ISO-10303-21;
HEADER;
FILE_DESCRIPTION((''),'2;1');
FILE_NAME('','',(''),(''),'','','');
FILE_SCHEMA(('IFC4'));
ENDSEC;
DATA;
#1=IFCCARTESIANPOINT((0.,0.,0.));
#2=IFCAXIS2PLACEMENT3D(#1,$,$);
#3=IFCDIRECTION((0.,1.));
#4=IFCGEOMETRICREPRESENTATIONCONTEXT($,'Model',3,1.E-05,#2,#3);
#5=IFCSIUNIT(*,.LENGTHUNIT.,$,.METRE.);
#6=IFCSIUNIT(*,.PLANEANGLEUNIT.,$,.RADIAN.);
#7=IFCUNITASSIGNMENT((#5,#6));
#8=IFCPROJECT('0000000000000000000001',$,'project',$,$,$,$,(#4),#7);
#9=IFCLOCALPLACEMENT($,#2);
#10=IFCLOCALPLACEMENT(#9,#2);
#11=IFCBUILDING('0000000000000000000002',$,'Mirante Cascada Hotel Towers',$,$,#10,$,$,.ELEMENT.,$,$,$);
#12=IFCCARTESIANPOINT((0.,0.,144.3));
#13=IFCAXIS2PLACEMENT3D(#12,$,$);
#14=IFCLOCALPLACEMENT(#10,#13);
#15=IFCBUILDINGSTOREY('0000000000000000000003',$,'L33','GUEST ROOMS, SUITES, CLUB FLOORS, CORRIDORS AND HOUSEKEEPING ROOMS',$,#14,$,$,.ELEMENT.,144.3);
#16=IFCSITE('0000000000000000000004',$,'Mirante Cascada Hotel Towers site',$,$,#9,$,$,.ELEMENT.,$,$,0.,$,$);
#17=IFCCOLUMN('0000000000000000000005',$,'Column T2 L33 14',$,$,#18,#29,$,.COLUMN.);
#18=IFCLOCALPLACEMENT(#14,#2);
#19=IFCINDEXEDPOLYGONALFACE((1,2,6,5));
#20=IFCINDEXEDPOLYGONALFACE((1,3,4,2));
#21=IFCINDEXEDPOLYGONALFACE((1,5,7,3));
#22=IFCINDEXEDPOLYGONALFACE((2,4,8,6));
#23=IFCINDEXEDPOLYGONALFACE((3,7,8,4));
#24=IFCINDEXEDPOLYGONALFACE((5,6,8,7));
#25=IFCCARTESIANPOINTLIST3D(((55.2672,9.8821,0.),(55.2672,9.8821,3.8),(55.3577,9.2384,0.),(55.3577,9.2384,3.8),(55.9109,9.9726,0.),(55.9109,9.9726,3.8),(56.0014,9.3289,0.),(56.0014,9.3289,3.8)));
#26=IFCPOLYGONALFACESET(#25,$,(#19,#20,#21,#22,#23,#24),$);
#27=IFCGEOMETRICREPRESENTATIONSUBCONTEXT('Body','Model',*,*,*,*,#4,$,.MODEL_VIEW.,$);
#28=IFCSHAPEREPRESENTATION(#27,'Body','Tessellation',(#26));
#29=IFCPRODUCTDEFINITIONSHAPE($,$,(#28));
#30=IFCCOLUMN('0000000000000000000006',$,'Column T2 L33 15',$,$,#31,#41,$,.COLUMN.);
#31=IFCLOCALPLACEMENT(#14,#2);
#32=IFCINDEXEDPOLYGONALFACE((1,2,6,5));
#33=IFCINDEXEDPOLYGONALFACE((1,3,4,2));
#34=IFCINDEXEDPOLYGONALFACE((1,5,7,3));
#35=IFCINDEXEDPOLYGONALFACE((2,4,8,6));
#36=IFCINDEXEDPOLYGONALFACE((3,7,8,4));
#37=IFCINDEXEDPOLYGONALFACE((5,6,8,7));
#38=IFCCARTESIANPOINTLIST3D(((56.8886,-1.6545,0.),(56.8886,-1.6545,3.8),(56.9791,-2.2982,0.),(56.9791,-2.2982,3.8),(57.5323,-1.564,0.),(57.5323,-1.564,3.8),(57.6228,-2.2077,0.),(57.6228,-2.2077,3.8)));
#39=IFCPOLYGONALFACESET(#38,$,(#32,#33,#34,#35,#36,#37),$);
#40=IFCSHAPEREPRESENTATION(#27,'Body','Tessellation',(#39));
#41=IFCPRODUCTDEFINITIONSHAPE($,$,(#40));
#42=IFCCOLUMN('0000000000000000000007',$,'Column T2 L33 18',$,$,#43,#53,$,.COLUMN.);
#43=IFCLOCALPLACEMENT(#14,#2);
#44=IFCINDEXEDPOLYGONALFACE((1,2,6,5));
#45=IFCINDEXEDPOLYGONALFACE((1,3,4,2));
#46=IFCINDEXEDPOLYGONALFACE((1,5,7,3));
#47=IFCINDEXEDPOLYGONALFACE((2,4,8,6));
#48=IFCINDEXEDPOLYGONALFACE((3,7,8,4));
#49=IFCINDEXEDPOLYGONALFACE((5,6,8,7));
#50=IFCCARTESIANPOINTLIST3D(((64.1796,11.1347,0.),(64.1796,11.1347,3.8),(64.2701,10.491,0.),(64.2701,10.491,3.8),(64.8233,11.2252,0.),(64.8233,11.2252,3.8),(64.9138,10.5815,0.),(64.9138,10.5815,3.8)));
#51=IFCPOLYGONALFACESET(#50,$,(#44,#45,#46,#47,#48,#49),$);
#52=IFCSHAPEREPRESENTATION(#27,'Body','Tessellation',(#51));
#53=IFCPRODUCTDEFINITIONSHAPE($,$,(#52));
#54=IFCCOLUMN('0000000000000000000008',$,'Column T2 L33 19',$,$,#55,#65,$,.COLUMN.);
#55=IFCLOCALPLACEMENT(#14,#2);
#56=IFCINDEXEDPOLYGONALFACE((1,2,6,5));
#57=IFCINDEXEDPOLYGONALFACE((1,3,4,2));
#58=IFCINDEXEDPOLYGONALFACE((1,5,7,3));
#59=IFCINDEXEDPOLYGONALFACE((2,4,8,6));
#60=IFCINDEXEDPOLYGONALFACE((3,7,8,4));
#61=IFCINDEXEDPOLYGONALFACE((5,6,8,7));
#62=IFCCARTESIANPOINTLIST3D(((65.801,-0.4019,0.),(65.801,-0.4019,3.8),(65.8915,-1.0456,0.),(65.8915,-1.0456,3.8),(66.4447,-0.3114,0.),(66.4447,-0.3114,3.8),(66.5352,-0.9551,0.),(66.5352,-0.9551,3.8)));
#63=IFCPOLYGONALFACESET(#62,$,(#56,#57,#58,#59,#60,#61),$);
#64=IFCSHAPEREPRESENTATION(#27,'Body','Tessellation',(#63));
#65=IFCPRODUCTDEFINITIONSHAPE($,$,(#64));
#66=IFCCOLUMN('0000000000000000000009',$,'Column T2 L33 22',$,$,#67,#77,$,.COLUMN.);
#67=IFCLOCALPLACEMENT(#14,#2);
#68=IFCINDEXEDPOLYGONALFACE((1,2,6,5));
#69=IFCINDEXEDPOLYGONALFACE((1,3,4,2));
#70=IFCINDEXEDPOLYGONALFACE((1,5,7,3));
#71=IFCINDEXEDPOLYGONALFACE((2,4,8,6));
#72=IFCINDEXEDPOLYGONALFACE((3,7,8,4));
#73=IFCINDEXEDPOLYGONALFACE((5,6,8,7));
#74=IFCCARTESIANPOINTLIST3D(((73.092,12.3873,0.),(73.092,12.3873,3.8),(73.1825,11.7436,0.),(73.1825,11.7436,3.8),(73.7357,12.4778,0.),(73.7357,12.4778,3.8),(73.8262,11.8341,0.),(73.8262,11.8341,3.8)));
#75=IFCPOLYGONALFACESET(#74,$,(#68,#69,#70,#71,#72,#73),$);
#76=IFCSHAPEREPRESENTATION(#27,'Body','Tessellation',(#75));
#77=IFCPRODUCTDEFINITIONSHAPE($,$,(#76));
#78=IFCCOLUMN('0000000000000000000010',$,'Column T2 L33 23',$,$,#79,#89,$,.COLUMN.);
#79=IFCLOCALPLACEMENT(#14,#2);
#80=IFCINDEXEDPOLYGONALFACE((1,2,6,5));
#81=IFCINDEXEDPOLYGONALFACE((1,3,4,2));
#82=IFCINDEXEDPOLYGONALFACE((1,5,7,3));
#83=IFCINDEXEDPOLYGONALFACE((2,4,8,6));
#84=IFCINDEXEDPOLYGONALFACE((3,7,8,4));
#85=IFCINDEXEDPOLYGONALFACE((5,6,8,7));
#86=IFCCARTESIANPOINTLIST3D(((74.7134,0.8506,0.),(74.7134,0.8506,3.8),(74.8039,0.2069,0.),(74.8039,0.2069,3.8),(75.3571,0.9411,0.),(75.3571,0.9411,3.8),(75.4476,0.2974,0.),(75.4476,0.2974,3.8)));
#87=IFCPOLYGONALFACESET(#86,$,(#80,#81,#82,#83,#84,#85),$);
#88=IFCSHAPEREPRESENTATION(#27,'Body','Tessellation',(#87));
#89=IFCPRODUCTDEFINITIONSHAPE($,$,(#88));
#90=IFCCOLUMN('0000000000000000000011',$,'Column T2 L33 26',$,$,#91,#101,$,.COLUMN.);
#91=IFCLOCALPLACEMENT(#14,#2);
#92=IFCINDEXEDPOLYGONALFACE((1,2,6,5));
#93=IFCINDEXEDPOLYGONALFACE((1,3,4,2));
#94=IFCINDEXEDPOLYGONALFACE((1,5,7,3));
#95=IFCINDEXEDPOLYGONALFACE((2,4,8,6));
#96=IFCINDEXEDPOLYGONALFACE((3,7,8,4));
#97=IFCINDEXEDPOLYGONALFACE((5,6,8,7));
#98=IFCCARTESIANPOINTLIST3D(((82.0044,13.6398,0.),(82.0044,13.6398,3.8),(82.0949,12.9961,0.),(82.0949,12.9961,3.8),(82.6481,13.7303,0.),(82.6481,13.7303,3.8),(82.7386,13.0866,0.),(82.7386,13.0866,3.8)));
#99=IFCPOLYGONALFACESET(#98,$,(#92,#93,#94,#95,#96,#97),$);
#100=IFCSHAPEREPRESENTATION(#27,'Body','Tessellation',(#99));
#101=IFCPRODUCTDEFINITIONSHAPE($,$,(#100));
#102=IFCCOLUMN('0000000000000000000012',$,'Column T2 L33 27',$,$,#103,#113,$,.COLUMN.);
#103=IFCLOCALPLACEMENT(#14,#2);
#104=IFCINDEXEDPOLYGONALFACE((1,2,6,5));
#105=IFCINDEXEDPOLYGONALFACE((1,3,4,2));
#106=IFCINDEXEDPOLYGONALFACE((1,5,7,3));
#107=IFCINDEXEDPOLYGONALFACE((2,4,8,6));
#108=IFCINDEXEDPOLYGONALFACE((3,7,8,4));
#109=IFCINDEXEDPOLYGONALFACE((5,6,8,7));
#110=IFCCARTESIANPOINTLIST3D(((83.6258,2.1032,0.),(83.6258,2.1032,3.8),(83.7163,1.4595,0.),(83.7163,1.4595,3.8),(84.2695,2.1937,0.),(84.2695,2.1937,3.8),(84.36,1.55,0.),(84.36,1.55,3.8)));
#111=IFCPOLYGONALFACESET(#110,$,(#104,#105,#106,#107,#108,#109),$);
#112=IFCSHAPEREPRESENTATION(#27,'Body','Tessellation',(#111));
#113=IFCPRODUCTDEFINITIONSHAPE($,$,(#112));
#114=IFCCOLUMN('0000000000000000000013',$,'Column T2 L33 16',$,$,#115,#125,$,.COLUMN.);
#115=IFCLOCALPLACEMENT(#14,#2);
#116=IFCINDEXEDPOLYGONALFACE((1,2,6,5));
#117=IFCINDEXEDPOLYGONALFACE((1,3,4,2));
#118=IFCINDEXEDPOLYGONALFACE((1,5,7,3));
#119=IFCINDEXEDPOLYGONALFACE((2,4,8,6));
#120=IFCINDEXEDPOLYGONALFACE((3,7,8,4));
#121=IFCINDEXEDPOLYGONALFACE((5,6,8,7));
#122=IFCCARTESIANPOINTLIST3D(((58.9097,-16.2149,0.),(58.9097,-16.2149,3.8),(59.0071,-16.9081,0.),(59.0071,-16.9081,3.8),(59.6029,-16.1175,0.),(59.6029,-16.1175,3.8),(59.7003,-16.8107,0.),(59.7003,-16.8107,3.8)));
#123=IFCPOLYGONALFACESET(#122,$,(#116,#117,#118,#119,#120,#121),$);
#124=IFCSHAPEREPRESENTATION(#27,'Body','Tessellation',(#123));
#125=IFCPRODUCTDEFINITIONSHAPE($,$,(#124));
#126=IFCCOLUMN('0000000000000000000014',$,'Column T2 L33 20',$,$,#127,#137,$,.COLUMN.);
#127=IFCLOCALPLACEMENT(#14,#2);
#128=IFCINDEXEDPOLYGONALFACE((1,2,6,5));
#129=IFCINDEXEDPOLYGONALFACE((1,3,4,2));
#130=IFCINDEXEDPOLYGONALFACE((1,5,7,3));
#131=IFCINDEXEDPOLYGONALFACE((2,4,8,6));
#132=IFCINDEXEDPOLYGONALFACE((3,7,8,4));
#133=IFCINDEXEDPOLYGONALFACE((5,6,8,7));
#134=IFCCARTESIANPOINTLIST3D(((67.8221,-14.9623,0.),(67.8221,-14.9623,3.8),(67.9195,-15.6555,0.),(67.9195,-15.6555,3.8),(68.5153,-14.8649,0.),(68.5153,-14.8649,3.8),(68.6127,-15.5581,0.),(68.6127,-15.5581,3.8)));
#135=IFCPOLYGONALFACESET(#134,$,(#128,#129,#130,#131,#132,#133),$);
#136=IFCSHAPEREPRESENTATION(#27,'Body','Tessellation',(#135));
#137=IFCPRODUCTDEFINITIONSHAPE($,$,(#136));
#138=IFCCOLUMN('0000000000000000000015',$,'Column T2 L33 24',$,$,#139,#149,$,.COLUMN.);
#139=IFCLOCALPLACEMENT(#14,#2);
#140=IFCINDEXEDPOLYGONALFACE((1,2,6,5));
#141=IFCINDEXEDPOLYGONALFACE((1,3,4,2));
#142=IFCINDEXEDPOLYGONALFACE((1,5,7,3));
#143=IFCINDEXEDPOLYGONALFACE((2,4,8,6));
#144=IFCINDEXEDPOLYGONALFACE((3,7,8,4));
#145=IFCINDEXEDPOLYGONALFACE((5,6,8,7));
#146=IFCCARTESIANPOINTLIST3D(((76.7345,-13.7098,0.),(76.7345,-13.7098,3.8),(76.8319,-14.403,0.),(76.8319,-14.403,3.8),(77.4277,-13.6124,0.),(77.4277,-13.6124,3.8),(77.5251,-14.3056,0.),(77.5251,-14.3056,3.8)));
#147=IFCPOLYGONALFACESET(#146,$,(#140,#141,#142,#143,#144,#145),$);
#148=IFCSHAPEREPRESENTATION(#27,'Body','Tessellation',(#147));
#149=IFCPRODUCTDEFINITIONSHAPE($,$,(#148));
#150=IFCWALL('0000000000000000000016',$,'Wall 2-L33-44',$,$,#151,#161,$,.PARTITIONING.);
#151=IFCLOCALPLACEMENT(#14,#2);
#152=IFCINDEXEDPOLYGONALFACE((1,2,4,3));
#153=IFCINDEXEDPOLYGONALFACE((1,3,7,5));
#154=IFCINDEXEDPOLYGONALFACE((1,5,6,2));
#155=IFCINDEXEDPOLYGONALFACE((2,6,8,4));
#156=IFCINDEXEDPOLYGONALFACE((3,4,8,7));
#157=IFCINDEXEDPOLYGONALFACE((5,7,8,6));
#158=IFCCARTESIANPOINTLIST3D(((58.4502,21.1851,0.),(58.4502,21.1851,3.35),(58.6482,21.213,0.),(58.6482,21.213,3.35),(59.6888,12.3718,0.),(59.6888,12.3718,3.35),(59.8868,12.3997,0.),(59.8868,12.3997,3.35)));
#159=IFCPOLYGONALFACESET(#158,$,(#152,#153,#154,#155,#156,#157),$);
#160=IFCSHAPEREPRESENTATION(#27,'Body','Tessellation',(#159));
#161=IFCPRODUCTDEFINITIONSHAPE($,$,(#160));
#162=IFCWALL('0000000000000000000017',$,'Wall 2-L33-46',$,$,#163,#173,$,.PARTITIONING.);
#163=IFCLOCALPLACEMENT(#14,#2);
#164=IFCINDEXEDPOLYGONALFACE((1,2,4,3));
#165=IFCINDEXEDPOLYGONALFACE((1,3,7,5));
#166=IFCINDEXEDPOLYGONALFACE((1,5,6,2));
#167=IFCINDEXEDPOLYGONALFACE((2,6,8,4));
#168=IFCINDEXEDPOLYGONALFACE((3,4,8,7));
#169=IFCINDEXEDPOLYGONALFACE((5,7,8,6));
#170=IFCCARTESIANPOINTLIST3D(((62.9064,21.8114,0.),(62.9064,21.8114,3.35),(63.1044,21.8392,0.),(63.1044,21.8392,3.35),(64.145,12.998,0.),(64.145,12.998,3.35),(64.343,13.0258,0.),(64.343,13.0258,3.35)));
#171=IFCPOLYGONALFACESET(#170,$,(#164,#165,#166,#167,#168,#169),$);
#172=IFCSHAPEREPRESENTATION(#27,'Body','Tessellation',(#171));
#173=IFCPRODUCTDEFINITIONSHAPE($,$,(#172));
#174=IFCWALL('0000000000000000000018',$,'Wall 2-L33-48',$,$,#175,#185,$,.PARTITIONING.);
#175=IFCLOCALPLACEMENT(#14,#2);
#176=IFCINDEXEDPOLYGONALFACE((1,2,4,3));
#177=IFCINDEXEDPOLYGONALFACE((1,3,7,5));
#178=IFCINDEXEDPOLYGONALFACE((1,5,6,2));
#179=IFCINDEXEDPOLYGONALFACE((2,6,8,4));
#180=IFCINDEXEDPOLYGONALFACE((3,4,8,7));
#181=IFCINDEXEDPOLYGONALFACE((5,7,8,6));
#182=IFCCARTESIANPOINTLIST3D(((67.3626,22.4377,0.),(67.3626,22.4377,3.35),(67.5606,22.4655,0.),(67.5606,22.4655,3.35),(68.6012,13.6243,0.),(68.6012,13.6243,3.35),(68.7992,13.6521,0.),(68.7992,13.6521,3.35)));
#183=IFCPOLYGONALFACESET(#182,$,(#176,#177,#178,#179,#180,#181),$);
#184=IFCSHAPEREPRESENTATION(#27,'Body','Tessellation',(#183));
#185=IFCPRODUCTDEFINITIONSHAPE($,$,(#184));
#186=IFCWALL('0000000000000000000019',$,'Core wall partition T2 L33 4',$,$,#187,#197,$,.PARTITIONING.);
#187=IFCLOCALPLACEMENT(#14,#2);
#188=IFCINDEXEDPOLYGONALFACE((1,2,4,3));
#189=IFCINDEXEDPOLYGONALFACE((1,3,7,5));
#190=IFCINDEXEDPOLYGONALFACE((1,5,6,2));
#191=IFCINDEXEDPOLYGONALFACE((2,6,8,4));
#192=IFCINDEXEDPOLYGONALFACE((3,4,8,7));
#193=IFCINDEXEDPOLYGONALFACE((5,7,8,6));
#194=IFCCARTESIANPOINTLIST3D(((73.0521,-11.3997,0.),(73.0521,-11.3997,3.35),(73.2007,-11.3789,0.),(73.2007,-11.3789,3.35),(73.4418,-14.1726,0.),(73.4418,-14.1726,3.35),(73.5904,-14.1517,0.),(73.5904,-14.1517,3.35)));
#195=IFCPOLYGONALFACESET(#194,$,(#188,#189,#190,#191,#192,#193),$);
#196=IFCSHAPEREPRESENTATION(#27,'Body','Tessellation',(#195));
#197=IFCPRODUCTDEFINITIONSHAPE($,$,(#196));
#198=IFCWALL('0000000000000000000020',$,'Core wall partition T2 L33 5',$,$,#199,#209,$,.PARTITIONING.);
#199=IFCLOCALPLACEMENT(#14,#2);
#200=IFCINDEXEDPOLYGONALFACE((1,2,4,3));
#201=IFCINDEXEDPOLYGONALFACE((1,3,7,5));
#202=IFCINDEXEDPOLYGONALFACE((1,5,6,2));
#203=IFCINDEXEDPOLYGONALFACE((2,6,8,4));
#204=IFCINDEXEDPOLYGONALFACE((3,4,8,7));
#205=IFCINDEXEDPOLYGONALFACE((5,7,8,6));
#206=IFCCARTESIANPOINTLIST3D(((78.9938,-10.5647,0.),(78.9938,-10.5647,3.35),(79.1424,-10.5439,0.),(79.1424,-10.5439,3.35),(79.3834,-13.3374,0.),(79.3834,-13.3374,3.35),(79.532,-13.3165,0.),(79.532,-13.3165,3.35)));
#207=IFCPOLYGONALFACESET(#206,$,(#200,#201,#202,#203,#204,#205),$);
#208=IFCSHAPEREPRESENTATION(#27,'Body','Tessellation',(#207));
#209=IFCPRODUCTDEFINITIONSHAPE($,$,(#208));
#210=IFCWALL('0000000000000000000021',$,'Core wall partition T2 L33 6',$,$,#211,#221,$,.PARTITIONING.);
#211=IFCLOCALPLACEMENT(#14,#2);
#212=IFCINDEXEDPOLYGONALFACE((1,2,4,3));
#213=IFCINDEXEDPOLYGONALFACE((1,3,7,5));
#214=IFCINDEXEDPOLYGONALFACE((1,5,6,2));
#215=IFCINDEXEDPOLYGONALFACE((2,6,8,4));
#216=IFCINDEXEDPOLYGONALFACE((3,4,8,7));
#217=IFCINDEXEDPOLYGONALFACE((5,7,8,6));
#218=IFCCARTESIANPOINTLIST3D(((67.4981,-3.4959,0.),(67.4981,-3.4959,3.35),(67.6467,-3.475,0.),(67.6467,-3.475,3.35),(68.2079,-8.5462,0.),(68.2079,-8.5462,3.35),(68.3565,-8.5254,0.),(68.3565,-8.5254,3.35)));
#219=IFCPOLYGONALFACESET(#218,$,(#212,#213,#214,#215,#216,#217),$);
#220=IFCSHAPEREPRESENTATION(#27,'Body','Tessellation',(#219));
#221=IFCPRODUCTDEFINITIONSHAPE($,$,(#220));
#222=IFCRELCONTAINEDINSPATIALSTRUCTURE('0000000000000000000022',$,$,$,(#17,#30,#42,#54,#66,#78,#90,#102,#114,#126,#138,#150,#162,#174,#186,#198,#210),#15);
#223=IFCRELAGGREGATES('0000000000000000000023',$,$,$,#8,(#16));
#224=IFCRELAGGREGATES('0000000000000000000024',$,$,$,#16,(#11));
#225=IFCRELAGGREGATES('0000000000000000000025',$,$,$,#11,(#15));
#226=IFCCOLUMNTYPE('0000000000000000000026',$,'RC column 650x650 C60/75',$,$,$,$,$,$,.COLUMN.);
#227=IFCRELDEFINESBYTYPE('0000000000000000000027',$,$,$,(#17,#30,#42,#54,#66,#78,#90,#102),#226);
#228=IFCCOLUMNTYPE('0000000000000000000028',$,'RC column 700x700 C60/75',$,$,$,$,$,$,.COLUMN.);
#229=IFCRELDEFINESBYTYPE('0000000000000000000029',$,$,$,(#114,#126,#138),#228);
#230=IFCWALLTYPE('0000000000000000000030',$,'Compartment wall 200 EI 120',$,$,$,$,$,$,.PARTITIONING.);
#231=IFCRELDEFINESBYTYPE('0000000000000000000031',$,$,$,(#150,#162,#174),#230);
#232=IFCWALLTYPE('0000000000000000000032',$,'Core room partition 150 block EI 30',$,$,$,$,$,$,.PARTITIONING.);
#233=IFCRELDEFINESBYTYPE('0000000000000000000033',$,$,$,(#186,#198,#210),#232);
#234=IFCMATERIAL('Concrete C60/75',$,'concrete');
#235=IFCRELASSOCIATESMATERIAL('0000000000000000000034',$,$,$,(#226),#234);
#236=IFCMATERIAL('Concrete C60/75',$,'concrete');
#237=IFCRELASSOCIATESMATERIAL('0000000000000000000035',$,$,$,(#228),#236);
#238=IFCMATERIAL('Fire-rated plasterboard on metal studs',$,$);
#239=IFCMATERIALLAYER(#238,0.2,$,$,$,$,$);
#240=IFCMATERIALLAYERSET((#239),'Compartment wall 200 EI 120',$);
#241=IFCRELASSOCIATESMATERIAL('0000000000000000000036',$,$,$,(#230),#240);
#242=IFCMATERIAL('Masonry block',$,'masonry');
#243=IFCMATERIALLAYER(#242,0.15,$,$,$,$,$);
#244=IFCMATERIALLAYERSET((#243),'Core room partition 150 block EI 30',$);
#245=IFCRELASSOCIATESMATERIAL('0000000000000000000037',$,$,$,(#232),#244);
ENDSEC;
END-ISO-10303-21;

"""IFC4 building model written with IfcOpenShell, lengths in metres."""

from ifc_helpers import new_model, si_unit, direction, frame, frame_2d, origin, origin_2d, place, context, subcontext, project, spatial, rectangle, extrude, material, layer, layer_set, material_profile, profile_set, type_object, element, save


model = new_model("IFC4")

# Units and contexts
model_context = context("Model", 3, precision=1e-05, world=origin(), true_north=direction((0.0, 1.0)))
body_context = subcontext(model_context, "Body", "Model", "MODEL_VIEW")
ifc_project = project(units=[si_unit("LENGTHUNIT", "METRE"), si_unit("PLANEANGLEUNIT", "RADIAN")], contexts=[model_context])

# Site, building, storey
site_placement = place(None, origin())
site = spatial("IfcSite", under=ifc_project, at=site_placement, Name="Mirante Cascada Hotel Towers site", CompositionType="ELEMENT", RefElevation=0.0)
building_placement = place(site_placement, origin())
building = spatial("IfcBuilding", under=site, at=building_placement, Name="Mirante Cascada Hotel Towers", CompositionType="ELEMENT")
storey_placement = place(building_placement, frame((0.0, 0.0, 144.3)))
storey = spatial("IfcBuildingStorey", under=building, at=storey_placement, Name="L33", Description="GUEST ROOMS, SUITES, CLUB FLOORS, CORRIDORS AND HOUSEKEEPING ROOMS", CompositionType="ELEMENT", Elevation=144.3)

# Columns
ifc_material_1 = material(Name="Concrete C60/75", Category="concrete")
ifc_material_profile_1 = material_profile(ifc_material_1, rectangle(XDim=0.65, YDim=0.65, at=origin_2d()), Name="RC column 650x650 C60/75")
ifc_profile_set_1 = profile_set([ifc_material_profile_1], Name="Concrete C60/75")
column_type_1 = type_object("IfcColumnType", Name="RC column 650x650 C60/75", PredefinedType="COLUMN", material=ifc_profile_set_1)
for number, where, z_axis, x_axis, name in (
    (1, (55.6343, 9.6055, 0.0), (0.0, 0.0, 1.0), (0.990268, 0.139173, 0.0), "Column T2 L33 14"),
    (2, (57.2557, -1.9311, 0.0), (0.0, 0.0, 1.0), (0.990268, 0.139173, 0.0), "Column T2 L33 15"),
    (3, (64.5467, 10.8581, 0.0), (0.0, 0.0, 1.0), (0.990268, 0.139173, 0.0), "Column T2 L33 18"),
    (4, (66.1681, -0.6785, 0.0), (0.0, 0.0, 1.0), (0.990268, 0.139173, 0.0), "Column T2 L33 19"),
    (5, (73.4591, 12.1107, 0.0), (0.0, 0.0, 1.0), (0.990268, 0.139173, 0.0), "Column T2 L33 22"),
    (6, (75.0805, 0.574, 0.0), (0.0, 0.0, 1.0), (0.990268, 0.139173, 0.0), "Column T2 L33 23"),
    (7, (82.3715, 13.3632, 0.0), (0.0, 0.0, 1.0), (0.990268, 0.139173, 0.0), "Column T2 L33 26"),
    (8, (83.9929, 1.8266, 0.0), (0.0, 0.0, 1.0), (0.990268, 0.139173, 0.0), "Column T2 L33 27"),
):
    element("IfcColumn", number, at=place(storey_placement, frame(where, z_axis=z_axis, x_axis=x_axis)), inside=storey, type_object=column_type_1, Name=name, PredefinedType="COLUMN", context=body_context, shape_type="SweptSolid", body=[
        extrude(rectangle(XDim=0.65, YDim=0.65, at=origin_2d()), origin(), (0.0, 0.0, 1.0), 3.8),
    ])
ifc_material_2 = material(Name="Concrete C60/75", Category="concrete")
ifc_material_profile_2 = material_profile(ifc_material_2, rectangle(XDim=0.7, YDim=0.7, at=origin_2d()), Name="RC column 700x700 C60/75")
ifc_profile_set_2 = profile_set([ifc_material_profile_2], Name="Concrete C60/75")
column_type_2 = type_object("IfcColumnType", Name="RC column 700x700 C60/75", PredefinedType="COLUMN", material=ifc_profile_set_2)
for number, where, z_axis, x_axis, name in (
    (9, (59.305, -16.5128, 0.0), (0.0, 0.0, 1.0), (0.990268, 0.139173, 0.0), "Column T2 L33 16"),
    (10, (68.2174, -15.2602, 0.0), (0.0, 0.0, 1.0), (0.990268, 0.139173, 0.0), "Column T2 L33 20"),
    (11, (77.1298, -14.0077, 0.0), (0.0, 0.0, 1.0), (0.990268, 0.139173, 0.0), "Column T2 L33 24"),
):
    element("IfcColumn", number, at=place(storey_placement, frame(where, z_axis=z_axis, x_axis=x_axis)), inside=storey, type_object=column_type_2, Name=name, PredefinedType="COLUMN", context=body_context, shape_type="SweptSolid", body=[
        extrude(rectangle(XDim=0.7, YDim=0.7, at=origin_2d()), origin(), (0.0, 0.0, 1.0), 3.8),
    ])

# Walls
ifc_material_3 = material(Name="Fire-rated plasterboard on metal studs")
ifc_layer_1 = layer(ifc_material_3, 0.2)
ifc_layer_set_1 = layer_set([ifc_layer_1], Name="Compartment wall 200 EI 120")
wall_type_1 = type_object("IfcWallType", Name="Compartment wall 200 EI 120", PredefinedType="PARTITIONING", material=ifc_layer_set_1)
wall_1_placement = place(storey_placement, frame((59.7878, 12.3857, 0.0), z_axis=(0.0, 0.0, 1.0), x_axis=(-0.13917, 0.990268, 0.0)))
element("IfcWall", 12, at=wall_1_placement, inside=storey, type_object=wall_type_1, Name="Wall 2-L33-44", PredefinedType="PARTITIONING", context=body_context, shape_type="SweptSolid", body=[
    extrude(rectangle(XDim=8.8999, YDim=0.2, at=frame_2d((4.45, 0.0))), origin(), (0.0, 0.0, 1.0), 3.35),
])
for number, where, z_axis, x_axis, name in (
    (13, (64.244, 13.0119, 0.0), (0.0, 0.0, 1.0), (-0.139168, 0.990269, 0.0), "Wall 2-L33-46"),
    (14, (68.7002, 13.6382, 0.0), (0.0, 0.0, 1.0), (-0.139168, 0.990269, 0.0), "Wall 2-L33-48"),
):
    element("IfcWall", number, at=place(storey_placement, frame(where, z_axis=z_axis, x_axis=x_axis)), inside=storey, type_object=wall_type_1, Name=name, PredefinedType="PARTITIONING", context=body_context, shape_type="SweptSolid", body=[
        extrude(rectangle(XDim=8.9, YDim=0.2, at=frame_2d((4.45, 0.0))), origin(), (0.0, 0.0, 1.0), 3.35),
    ])
ifc_material_4 = material(Name="Masonry block", Category="masonry")
ifc_layer_2 = layer(ifc_material_4, 0.15)
ifc_layer_set_2 = layer_set([ifc_layer_2], Name="Core room partition 150 block EI 30")
wall_type_2 = type_object("IfcWallType", Name="Core room partition 150 block EI 30", PredefinedType="PARTITIONING", material=ifc_layer_set_2)
wall_2_placement = place(storey_placement, frame((73.5161, -14.1621, 0.0), z_axis=(0.0, 0.0, 1.0), x_axis=(-0.139176, 0.990268, 0.0)))
element("IfcWall", 15, at=wall_2_placement, inside=storey, type_object=wall_type_2, Name="Core wall partition T2 L33 4", PredefinedType="PARTITIONING", context=body_context, shape_type="SweptSolid", body=[
    extrude(rectangle(XDim=2.8001, YDim=0.15, at=frame_2d((1.4, 0.0))), origin(), (0.0, 0.0, 1.0), 3.35),
])
wall_3_placement = place(storey_placement, frame((79.4577, -13.327, 0.0), z_axis=(0.0, 0.0, 1.0), x_axis=(-0.139146, 0.990272, 0.0)))
element("IfcWall", 16, at=wall_3_placement, inside=storey, type_object=wall_type_2, Name="Core wall partition T2 L33 5", PredefinedType="PARTITIONING", context=body_context, shape_type="SweptSolid", body=[
    extrude(rectangle(XDim=2.7999, YDim=0.15, at=frame_2d((1.4, 0.0))), origin(), (0.0, 0.0, 1.0), 3.35),
])
wall_4_placement = place(storey_placement, frame((68.2822, -8.5358, 0.0), z_axis=(0.0, 0.0, 1.0), x_axis=(-0.139176, 0.990268, 0.0)))
element("IfcWall", 17, at=wall_4_placement, inside=storey, type_object=wall_type_2, Name="Core wall partition T2 L33 6", PredefinedType="PARTITIONING", context=body_context, shape_type="SweptSolid", body=[
    extrude(rectangle(XDim=5.1, YDim=0.15, at=frame_2d((2.55, 0.0))), origin(), (0.0, 0.0, 1.0), 3.35),
])

save(model, "model.ifc")
